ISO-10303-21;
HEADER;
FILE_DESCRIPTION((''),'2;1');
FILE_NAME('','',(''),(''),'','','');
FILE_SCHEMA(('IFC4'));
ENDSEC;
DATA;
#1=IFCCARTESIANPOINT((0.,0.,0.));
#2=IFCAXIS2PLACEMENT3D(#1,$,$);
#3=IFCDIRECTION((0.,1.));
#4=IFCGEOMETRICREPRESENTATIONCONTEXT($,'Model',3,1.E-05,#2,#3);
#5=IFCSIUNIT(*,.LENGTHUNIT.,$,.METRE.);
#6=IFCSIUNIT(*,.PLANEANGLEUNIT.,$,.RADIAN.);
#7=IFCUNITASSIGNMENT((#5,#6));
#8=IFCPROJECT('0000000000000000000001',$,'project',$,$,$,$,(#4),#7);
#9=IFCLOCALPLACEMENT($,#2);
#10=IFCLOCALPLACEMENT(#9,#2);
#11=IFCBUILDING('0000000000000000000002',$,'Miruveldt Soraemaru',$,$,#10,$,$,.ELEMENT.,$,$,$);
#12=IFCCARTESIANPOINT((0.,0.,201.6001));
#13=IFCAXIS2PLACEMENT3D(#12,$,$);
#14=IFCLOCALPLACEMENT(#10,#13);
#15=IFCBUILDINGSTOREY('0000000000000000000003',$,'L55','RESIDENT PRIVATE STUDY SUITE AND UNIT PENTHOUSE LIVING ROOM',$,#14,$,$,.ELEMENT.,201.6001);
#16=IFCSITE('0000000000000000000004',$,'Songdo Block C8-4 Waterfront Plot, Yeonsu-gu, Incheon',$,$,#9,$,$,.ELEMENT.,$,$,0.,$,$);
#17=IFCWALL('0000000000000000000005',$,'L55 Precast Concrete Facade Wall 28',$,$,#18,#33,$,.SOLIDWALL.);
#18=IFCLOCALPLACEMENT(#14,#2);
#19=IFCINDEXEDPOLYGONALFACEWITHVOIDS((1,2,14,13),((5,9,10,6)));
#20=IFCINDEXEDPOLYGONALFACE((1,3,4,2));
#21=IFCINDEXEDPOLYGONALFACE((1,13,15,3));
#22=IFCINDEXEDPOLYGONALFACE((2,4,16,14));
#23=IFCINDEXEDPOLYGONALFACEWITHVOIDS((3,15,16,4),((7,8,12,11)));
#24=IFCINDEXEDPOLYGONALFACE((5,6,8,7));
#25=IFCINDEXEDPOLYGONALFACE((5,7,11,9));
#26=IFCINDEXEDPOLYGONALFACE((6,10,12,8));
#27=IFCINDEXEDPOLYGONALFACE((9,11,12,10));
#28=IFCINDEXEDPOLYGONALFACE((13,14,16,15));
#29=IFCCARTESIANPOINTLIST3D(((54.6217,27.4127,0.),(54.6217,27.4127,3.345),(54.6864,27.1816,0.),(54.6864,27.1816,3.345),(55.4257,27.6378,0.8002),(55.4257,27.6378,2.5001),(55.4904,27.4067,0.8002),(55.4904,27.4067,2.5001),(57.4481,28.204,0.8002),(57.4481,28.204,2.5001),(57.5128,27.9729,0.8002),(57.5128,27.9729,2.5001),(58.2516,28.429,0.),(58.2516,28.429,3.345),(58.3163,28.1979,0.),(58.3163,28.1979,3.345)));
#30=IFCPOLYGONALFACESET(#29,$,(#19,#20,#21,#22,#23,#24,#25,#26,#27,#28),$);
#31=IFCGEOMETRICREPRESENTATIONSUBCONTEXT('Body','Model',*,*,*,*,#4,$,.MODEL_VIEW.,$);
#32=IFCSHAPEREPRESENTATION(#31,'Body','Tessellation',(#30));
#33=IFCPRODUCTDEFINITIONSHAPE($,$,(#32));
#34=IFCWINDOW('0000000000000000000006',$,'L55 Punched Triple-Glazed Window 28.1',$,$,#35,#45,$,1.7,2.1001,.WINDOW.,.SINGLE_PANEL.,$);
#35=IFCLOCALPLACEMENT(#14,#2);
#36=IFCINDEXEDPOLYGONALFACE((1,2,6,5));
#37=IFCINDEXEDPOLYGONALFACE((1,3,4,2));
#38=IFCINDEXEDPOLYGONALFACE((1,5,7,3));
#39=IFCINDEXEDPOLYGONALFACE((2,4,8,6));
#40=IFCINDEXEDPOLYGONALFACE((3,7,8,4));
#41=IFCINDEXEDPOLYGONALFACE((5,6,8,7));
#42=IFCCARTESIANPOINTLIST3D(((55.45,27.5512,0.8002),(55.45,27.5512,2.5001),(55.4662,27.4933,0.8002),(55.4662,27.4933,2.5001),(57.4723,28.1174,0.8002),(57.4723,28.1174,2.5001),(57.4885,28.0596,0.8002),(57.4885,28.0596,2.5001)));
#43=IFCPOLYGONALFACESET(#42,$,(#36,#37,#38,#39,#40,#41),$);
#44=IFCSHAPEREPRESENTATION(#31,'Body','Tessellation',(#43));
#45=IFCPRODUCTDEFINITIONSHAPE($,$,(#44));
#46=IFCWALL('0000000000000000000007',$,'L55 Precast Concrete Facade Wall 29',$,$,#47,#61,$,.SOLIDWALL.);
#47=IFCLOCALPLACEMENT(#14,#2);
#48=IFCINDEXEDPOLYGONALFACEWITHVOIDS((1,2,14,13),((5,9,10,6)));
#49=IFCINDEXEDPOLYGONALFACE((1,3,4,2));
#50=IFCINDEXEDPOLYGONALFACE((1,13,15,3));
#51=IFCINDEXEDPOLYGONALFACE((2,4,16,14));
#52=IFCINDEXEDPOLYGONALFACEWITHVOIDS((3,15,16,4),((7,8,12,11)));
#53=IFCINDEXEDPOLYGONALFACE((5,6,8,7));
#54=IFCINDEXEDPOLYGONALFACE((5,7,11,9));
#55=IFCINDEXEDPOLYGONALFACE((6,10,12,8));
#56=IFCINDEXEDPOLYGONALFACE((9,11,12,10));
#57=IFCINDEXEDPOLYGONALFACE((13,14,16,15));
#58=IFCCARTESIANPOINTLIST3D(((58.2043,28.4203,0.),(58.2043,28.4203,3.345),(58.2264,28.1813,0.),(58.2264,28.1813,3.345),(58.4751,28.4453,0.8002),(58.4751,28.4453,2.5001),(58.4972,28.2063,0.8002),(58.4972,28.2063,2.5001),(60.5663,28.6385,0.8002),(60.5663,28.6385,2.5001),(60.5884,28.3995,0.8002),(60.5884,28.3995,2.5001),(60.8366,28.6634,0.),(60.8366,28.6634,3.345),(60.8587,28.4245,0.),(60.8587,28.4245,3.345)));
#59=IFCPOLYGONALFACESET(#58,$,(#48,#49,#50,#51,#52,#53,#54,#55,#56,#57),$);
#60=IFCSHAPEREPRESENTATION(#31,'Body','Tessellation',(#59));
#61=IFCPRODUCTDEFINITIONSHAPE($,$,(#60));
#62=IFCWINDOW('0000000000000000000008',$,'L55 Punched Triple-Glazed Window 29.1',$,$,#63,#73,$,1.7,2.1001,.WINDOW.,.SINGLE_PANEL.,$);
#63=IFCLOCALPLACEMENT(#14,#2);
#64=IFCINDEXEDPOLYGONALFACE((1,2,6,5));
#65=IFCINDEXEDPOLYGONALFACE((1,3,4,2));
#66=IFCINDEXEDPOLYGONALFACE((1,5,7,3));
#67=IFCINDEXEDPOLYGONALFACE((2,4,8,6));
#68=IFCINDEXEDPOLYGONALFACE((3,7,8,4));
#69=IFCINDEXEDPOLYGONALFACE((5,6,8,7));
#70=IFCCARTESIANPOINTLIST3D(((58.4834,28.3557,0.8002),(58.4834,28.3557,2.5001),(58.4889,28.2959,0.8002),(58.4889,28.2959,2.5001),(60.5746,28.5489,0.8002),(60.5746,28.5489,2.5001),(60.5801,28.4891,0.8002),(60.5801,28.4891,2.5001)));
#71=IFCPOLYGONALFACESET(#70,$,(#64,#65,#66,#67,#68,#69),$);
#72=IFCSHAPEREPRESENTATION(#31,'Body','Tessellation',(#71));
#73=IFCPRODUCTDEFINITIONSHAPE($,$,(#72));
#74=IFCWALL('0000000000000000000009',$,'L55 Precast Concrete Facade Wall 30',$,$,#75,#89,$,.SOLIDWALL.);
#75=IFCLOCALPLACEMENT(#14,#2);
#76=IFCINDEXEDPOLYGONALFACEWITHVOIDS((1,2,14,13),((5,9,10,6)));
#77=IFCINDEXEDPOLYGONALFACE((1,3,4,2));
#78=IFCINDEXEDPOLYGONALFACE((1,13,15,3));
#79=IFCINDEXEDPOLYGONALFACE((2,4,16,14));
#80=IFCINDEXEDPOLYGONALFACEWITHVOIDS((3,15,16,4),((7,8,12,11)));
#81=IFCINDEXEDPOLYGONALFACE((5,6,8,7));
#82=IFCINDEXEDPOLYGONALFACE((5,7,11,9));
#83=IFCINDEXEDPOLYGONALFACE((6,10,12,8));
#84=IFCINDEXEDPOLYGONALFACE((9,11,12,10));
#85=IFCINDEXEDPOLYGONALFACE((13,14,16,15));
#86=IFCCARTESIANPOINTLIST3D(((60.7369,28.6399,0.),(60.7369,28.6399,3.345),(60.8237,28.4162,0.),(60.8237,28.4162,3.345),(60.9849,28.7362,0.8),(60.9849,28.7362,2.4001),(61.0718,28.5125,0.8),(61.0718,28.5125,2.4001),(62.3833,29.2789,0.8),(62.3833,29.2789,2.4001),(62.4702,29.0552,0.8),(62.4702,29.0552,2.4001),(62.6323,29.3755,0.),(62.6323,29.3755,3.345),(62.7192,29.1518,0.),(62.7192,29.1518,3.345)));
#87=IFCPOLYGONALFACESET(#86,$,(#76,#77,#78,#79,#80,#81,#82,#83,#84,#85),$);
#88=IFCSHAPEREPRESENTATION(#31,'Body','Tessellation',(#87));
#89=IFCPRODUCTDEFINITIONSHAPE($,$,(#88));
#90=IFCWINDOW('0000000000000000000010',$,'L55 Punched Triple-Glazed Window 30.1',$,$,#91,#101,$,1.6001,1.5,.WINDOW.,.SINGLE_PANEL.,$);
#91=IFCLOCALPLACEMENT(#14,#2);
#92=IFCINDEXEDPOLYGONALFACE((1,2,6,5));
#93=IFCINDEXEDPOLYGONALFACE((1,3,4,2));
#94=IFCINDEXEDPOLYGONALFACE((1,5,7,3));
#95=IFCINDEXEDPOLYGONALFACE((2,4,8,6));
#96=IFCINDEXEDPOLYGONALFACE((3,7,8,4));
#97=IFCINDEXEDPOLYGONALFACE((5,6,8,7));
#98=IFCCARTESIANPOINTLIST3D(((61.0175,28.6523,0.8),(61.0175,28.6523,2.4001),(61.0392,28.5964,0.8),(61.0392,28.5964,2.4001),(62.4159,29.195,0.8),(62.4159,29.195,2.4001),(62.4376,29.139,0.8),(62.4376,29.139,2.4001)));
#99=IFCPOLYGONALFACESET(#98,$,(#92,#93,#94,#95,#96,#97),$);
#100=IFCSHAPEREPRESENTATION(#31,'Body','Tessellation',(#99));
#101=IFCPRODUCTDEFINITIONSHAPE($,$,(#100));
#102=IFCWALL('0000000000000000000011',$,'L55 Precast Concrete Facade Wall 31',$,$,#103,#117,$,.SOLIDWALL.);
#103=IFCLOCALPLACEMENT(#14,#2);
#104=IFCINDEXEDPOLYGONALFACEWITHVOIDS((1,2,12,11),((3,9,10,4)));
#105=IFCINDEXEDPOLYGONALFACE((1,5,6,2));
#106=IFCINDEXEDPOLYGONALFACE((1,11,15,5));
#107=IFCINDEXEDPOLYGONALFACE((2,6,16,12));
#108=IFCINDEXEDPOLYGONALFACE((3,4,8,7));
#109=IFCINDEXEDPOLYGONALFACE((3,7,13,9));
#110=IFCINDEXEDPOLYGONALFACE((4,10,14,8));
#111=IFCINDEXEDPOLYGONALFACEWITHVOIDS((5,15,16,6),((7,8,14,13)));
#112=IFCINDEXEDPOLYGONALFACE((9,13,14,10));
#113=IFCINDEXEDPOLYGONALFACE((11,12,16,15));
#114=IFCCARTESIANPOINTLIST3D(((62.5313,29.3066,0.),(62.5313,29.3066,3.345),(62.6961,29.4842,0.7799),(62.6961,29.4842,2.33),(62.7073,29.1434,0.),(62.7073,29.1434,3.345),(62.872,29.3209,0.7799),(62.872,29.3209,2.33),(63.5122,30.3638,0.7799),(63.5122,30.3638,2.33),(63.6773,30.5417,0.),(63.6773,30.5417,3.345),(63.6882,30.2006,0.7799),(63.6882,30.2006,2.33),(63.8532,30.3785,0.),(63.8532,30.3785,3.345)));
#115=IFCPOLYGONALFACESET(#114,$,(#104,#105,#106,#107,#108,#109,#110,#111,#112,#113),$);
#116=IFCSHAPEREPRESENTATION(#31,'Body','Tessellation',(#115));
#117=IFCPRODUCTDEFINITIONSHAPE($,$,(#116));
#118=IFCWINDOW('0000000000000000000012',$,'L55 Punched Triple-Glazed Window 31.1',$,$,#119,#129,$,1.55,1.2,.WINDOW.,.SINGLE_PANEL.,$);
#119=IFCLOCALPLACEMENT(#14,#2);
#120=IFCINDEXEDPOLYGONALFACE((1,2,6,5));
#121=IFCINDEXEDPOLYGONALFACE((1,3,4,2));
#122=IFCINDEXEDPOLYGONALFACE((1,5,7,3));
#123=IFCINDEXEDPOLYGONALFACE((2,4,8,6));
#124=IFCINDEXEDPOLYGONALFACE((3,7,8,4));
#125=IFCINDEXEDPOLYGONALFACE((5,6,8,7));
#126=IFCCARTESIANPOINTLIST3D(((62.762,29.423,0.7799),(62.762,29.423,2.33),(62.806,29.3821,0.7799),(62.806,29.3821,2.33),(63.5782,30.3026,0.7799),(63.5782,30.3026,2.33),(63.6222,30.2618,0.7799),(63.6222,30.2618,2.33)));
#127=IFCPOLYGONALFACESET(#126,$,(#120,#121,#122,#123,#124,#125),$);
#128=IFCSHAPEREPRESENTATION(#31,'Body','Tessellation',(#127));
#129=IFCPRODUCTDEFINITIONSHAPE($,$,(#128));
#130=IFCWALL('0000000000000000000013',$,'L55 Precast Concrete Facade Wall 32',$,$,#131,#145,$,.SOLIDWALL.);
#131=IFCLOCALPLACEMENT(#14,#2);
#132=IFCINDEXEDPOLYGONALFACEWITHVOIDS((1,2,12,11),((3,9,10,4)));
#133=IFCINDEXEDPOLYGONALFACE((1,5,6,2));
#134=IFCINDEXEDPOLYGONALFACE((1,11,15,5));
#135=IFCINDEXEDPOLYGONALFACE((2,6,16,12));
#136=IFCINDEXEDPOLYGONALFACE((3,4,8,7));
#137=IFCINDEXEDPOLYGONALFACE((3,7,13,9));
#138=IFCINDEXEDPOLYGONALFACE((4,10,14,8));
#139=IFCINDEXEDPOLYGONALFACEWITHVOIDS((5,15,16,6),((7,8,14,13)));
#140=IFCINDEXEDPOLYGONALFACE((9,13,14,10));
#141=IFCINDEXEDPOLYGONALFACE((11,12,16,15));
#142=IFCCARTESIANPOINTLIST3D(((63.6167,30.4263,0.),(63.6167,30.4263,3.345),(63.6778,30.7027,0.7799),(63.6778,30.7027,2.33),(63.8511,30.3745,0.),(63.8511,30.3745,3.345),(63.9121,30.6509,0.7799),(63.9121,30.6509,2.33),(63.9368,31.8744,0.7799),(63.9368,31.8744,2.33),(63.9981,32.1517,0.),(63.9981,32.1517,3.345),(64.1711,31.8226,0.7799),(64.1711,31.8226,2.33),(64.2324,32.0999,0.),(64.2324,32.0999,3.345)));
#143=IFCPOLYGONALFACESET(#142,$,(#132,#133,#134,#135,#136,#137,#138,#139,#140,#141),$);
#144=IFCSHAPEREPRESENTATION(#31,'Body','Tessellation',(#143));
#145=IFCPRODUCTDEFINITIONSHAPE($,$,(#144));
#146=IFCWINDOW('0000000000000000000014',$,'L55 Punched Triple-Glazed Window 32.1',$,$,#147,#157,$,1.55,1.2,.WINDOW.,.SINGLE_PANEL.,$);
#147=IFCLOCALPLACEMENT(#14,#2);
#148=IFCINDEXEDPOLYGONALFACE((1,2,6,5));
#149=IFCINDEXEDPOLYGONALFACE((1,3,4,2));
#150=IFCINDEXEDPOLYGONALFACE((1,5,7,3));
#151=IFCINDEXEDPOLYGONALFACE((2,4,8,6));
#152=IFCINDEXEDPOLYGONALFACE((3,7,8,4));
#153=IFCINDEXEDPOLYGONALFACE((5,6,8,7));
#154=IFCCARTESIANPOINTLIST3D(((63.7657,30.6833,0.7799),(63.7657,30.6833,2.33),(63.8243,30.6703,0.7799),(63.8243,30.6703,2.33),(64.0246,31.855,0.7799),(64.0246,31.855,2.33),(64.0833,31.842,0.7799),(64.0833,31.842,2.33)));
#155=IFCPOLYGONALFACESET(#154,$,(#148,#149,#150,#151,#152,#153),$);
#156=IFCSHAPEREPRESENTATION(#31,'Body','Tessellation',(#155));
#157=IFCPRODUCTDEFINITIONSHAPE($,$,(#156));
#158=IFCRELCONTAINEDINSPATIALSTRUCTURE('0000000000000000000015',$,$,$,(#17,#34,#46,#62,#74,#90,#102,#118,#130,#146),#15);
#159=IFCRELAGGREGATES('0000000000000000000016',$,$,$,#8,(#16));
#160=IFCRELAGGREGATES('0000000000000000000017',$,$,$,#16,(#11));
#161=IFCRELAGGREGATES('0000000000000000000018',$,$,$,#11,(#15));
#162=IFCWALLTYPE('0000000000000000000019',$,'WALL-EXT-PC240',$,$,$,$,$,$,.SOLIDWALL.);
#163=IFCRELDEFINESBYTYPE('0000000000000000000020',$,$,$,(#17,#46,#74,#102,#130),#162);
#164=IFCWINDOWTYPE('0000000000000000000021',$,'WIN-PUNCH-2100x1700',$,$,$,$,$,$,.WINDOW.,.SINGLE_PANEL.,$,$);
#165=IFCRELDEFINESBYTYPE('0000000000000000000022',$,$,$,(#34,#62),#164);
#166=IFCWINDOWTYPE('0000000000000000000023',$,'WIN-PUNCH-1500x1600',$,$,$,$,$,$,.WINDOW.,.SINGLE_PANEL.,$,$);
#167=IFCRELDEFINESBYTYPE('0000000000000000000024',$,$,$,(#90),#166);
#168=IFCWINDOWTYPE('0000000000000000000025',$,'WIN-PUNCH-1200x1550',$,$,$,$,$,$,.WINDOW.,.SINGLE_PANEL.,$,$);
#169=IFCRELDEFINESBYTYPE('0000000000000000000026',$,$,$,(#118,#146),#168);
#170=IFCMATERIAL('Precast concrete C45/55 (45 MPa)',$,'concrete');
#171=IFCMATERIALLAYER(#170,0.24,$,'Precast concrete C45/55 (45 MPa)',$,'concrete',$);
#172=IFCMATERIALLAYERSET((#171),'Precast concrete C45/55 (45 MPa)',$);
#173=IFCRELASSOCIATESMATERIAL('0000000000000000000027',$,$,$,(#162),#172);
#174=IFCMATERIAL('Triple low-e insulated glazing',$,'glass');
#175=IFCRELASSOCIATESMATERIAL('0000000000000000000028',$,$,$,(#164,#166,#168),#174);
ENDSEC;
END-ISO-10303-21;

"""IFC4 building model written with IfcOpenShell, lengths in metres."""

from ifc_helpers import new_model, si_unit, direction, frame, frame_2d, origin, place, context, subcontext, project, spatial, rectangle, extrude, material, layer, layer_set, type_object, element, fill, save


model = new_model("IFC4")

# Units and contexts
model_context = context("Model", 3, precision=1e-05, world=origin(), true_north=direction((0.0, 1.0)))
body_context = subcontext(model_context, "Body", "Model", "MODEL_VIEW")
ifc_project = project(units=[si_unit("LENGTHUNIT", "METRE"), si_unit("PLANEANGLEUNIT", "RADIAN")], contexts=[model_context])

# Site, building, storey
site_placement = place(None, origin())
site = spatial("IfcSite", under=ifc_project, at=site_placement, Name="Songdo Block C8-4 Waterfront Plot, Yeonsu-gu, Incheon", CompositionType="ELEMENT", RefElevation=0.0)
building_placement = place(site_placement, origin())
building = spatial("IfcBuilding", under=site, at=building_placement, Name="Miruveldt Soraemaru", CompositionType="ELEMENT")
storey_placement = place(building_placement, frame((0.0, 0.0, 201.6001)))
storey = spatial("IfcBuildingStorey", under=building, at=storey_placement, Name="L55", Description="RESIDENT PRIVATE STUDY SUITE AND UNIT PENTHOUSE LIVING ROOM", CompositionType="ELEMENT", Elevation=201.6001)

# Walls, openings, windows
ifc_material_1 = material(Name="Precast concrete C45/55 (45 MPa)", Category="concrete")
ifc_layer_1 = layer(ifc_material_1, 0.24, Name="Precast concrete C45/55 (45 MPa)", Category="concrete")
ifc_layer_set_1 = layer_set([ifc_layer_1], Name="Precast concrete C45/55 (45 MPa)")
wall_type_1 = type_object("IfcWallType", Name="WALL-EXT-PC240", PredefinedType="SOLIDWALL", material=ifc_layer_set_1)
wall_1_placement = place(storey_placement, frame((54.6541, 27.2971, 0.0), z_axis=(0.0, 0.0, 1.0), x_axis=(0.962965, 0.269628, 0.0)))
wall_1 = element("IfcWall", 1, at=wall_1_placement, inside=storey, type_object=wall_type_1, Name="L55 Precast Concrete Facade Wall 28", PredefinedType="SOLIDWALL", context=body_context, shape_type="SweptSolid", body=[
    extrude(rectangle(XDim=3.7695, YDim=0.24, at=frame_2d((1.8848, 0.0))), origin(), (0.0, 0.0, 1.0), 3.345),
])
opening_1_placement = place(wall_1_placement, frame((0.835, 0.0, 0.8)))
opening_1 = element("IfcOpeningElement", 2, at=opening_1_placement, cuts=wall_1, PredefinedType="OPENING", context=body_context, shape_type="SweptSolid", body=[
    extrude(rectangle(XDim=2.1001, YDim=1.7, at=frame_2d((1.05, 0.8501))), frame((0.0, 0.1299, 0.0), z_axis=(0.0, -1.0, 0.0), x_axis=(1.0, 0.0, 0.0)), (0.0, 0.0, 1.0), 0.26),
])
ifc_material_2 = material(Name="Triple low-e insulated glazing", Category="glass")
window_type_1 = type_object("IfcWindowType", Name="WIN-PUNCH-2100x1700", PartitioningType="SINGLE_PANEL", PredefinedType="WINDOW", material=ifc_material_2)
window_1_placement = place(opening_1_placement, origin())
window_1 = element("IfcWindow", 3, at=window_1_placement, inside=storey, type_object=window_type_1, Name="L55 Punched Triple-Glazed Window 28.1", OverallHeight=1.7, OverallWidth=2.1001, PartitioningType="SINGLE_PANEL", PredefinedType="WINDOW", context=body_context, shape_type="SweptSolid", body=[
    extrude(rectangle(XDim=2.1001, YDim=1.7, at=frame_2d((1.05, 0.8501))), frame((0.0, 0.03, 0.0), z_axis=(0.0, -1.0, 0.0), x_axis=(1.0, 0.0, 0.0)), (0.0, 0.0, 1.0), 0.0601),
])
fill(opening_1, window_1)
wall_2_placement = place(storey_placement, frame((58.2153, 28.3008, 0.0), z_axis=(0.0, 0.0, 1.0), x_axis=(0.99576, 0.091985, 0.0)))
wall_2 = element("IfcWall", 4, at=wall_2_placement, inside=storey, type_object=wall_type_1, Name="L55 Precast Concrete Facade Wall 29", PredefinedType="SOLIDWALL", context=body_context, shape_type="SweptSolid", body=[
    extrude(rectangle(XDim=2.6436, YDim=0.24, at=frame_2d((1.3218, 0.0))), origin(), (0.0, 0.0, 1.0), 3.345),
])
opening_2_placement = place(wall_2_placement, frame((0.272, 0.0, 0.8)))
opening_2 = element("IfcOpeningElement", 5, at=opening_2_placement, cuts=wall_2, PredefinedType="OPENING", context=body_context, shape_type="SweptSolid", body=[
    extrude(rectangle(XDim=2.1001, YDim=1.7, at=frame_2d((1.05, 0.8501))), frame((0.0, 0.1299, 0.0), z_axis=(0.0, -1.0, 0.0), x_axis=(1.0, 0.0, 0.0)), (0.0, 0.0, 1.0), 0.26),
])
window_2_placement = place(opening_2_placement, origin())
window_2 = element("IfcWindow", 6, at=window_2_placement, inside=storey, type_object=window_type_1, Name="L55 Punched Triple-Glazed Window 29.1", OverallHeight=1.7, OverallWidth=2.1001, PartitioningType="SINGLE_PANEL", PredefinedType="WINDOW", context=body_context, shape_type="SweptSolid", body=[
    extrude(rectangle(XDim=2.1001, YDim=1.7, at=frame_2d((1.05, 0.8501))), frame((0.0, 0.03, 0.0), z_axis=(0.0, -1.0, 0.0), x_axis=(1.0, 0.0, 0.0)), (0.0, 0.0, 1.0), 0.0601),
])
fill(opening_2, window_2)
wall_3_placement = place(storey_placement, frame((60.7803, 28.5281, 0.0), z_axis=(0.0, 0.0, 1.0), x_axis=(0.932261, 0.361786, 0.0)))
wall_3 = element("IfcWall", 7, at=wall_3_placement, inside=storey, type_object=wall_type_1, Name="L55 Precast Concrete Facade Wall 30", PredefinedType="SOLIDWALL", context=body_context, shape_type="SweptSolid", body=[
    extrude(rectangle(XDim=2.0332, YDim=0.24, at=frame_2d((1.0166, 0.0))), origin(), (0.0, 0.0, 1.0), 3.345),
])
opening_3_placement = place(wall_3_placement, frame((0.2661, 0.0, 0.8)))
opening_3 = element("IfcOpeningElement", 8, at=opening_3_placement, cuts=wall_3, PredefinedType="OPENING", context=body_context, shape_type="SweptSolid", body=[
    extrude(rectangle(XDim=1.5, YDim=1.6001, at=frame_2d((0.75, 0.8))), frame((0.0, 0.1299, 0.0), z_axis=(0.0, -1.0, 0.0), x_axis=(1.0, 0.0, 0.0)), (0.0, 0.0, 1.0), 0.26),
])
window_type_2 = type_object("IfcWindowType", Name="WIN-PUNCH-1500x1600", PartitioningType="SINGLE_PANEL", PredefinedType="WINDOW", material=ifc_material_2)
window_3_placement = place(opening_3_placement, origin())
window_3 = element("IfcWindow", 9, at=window_3_placement, inside=storey, type_object=window_type_2, Name="L55 Punched Triple-Glazed Window 30.1", OverallHeight=1.6001, OverallWidth=1.5, PartitioningType="SINGLE_PANEL", PredefinedType="WINDOW", context=body_context, shape_type="SweptSolid", body=[
    extrude(rectangle(XDim=1.5, YDim=1.6001, at=frame_2d((0.75, 0.8))), frame((0.0, 0.03, 0.0), z_axis=(0.0, -1.0, 0.0), x_axis=(1.0, 0.0, 0.0)), (0.0, 0.0, 1.0), 0.0601),
])
fill(opening_3, window_3)
wall_4_placement = place(storey_placement, frame((62.6194, 29.2251, 0.0), z_axis=(0.0, 0.0, 1.0), x_axis=(0.680168, 0.733057, 0.0)))
wall_4 = element("IfcWall", 10, at=wall_4_placement, inside=storey, type_object=wall_type_1, Name="L55 Precast Concrete Facade Wall 31", PredefinedType="SOLIDWALL", context=body_context, shape_type="SweptSolid", body=[
    extrude(rectangle(XDim=1.6848, YDim=0.24, at=frame_2d((0.8423, 0.0))), origin(), (0.0, 0.0, 1.0), 3.345),
])
opening_4_placement = place(wall_4_placement, frame((0.2419, 0.0, 0.78)))
opening_4 = element("IfcOpeningElement", 11, at=opening_4_placement, cuts=wall_4, PredefinedType="OPENING", context=body_context, shape_type="SweptSolid", body=[
    extrude(rectangle(XDim=1.2, YDim=1.55, at=frame_2d((0.6001, 0.7749))), frame((0.0, 0.1299, 0.0), z_axis=(0.0, -1.0, 0.0), x_axis=(1.0, 0.0, 0.0)), (0.0, 0.0, 1.0), 0.26),
])
window_type_3 = type_object("IfcWindowType", Name="WIN-PUNCH-1200x1550", PartitioningType="SINGLE_PANEL", PredefinedType="WINDOW", material=ifc_material_2)
window_4_placement = place(opening_4_placement, origin())
window_4 = element("IfcWindow", 12, at=window_4_placement, inside=storey, type_object=window_type_3, Name="L55 Punched Triple-Glazed Window 31.1", OverallHeight=1.55, OverallWidth=1.2, PartitioningType="SINGLE_PANEL", PredefinedType="WINDOW", context=body_context, shape_type="SweptSolid", body=[
    extrude(rectangle(XDim=1.2, YDim=1.55, at=frame_2d((0.6001, 0.7749))), frame((0.0, 0.03, 0.0), z_axis=(0.0, -1.0, 0.0), x_axis=(1.0, 0.0, 0.0)), (0.0, 0.0, 1.0), 0.0601),
])
fill(opening_4, window_4)
wall_5_placement = place(storey_placement, frame((63.7339, 30.4004, 0.0), z_axis=(0.0, 0.0, 1.0), x_axis=(0.215818, 0.976434, 0.0)))
wall_5 = element("IfcWall", 13, at=wall_5_placement, inside=storey, type_object=wall_type_1, Name="L55 Precast Concrete Facade Wall 32", PredefinedType="SOLIDWALL", context=body_context, shape_type="SweptSolid", body=[
    extrude(rectangle(XDim=1.7671, YDim=0.24, at=frame_2d((0.8835, 0.0))), origin(), (0.0, 0.0, 1.0), 3.345),
])
opening_5_placement = place(wall_5_placement, frame((0.283, 0.0, 0.78)))
opening_5 = element("IfcOpeningElement", 14, at=opening_5_placement, cuts=wall_5, PredefinedType="OPENING", context=body_context, shape_type="SweptSolid", body=[
    extrude(rectangle(XDim=1.2, YDim=1.55, at=frame_2d((0.6001, 0.7749))), frame((0.0, 0.1299, 0.0), z_axis=(0.0, -1.0, 0.0), x_axis=(1.0, 0.0, 0.0)), (0.0, 0.0, 1.0), 0.26),
])
window_5_placement = place(opening_5_placement, origin())
window_5 = element("IfcWindow", 15, at=window_5_placement, inside=storey, type_object=window_type_3, Name="L55 Punched Triple-Glazed Window 32.1", OverallHeight=1.55, OverallWidth=1.2, PartitioningType="SINGLE_PANEL", PredefinedType="WINDOW", context=body_context, shape_type="SweptSolid", body=[
    extrude(rectangle(XDim=1.2, YDim=1.55, at=frame_2d((0.6001, 0.7749))), frame((0.0, 0.03, 0.0), z_axis=(0.0, -1.0, 0.0), x_axis=(1.0, 0.0, 0.0)), (0.0, 0.0, 1.0), 0.0601),
])
fill(opening_5, window_5)

save(model, "model.ifc")
